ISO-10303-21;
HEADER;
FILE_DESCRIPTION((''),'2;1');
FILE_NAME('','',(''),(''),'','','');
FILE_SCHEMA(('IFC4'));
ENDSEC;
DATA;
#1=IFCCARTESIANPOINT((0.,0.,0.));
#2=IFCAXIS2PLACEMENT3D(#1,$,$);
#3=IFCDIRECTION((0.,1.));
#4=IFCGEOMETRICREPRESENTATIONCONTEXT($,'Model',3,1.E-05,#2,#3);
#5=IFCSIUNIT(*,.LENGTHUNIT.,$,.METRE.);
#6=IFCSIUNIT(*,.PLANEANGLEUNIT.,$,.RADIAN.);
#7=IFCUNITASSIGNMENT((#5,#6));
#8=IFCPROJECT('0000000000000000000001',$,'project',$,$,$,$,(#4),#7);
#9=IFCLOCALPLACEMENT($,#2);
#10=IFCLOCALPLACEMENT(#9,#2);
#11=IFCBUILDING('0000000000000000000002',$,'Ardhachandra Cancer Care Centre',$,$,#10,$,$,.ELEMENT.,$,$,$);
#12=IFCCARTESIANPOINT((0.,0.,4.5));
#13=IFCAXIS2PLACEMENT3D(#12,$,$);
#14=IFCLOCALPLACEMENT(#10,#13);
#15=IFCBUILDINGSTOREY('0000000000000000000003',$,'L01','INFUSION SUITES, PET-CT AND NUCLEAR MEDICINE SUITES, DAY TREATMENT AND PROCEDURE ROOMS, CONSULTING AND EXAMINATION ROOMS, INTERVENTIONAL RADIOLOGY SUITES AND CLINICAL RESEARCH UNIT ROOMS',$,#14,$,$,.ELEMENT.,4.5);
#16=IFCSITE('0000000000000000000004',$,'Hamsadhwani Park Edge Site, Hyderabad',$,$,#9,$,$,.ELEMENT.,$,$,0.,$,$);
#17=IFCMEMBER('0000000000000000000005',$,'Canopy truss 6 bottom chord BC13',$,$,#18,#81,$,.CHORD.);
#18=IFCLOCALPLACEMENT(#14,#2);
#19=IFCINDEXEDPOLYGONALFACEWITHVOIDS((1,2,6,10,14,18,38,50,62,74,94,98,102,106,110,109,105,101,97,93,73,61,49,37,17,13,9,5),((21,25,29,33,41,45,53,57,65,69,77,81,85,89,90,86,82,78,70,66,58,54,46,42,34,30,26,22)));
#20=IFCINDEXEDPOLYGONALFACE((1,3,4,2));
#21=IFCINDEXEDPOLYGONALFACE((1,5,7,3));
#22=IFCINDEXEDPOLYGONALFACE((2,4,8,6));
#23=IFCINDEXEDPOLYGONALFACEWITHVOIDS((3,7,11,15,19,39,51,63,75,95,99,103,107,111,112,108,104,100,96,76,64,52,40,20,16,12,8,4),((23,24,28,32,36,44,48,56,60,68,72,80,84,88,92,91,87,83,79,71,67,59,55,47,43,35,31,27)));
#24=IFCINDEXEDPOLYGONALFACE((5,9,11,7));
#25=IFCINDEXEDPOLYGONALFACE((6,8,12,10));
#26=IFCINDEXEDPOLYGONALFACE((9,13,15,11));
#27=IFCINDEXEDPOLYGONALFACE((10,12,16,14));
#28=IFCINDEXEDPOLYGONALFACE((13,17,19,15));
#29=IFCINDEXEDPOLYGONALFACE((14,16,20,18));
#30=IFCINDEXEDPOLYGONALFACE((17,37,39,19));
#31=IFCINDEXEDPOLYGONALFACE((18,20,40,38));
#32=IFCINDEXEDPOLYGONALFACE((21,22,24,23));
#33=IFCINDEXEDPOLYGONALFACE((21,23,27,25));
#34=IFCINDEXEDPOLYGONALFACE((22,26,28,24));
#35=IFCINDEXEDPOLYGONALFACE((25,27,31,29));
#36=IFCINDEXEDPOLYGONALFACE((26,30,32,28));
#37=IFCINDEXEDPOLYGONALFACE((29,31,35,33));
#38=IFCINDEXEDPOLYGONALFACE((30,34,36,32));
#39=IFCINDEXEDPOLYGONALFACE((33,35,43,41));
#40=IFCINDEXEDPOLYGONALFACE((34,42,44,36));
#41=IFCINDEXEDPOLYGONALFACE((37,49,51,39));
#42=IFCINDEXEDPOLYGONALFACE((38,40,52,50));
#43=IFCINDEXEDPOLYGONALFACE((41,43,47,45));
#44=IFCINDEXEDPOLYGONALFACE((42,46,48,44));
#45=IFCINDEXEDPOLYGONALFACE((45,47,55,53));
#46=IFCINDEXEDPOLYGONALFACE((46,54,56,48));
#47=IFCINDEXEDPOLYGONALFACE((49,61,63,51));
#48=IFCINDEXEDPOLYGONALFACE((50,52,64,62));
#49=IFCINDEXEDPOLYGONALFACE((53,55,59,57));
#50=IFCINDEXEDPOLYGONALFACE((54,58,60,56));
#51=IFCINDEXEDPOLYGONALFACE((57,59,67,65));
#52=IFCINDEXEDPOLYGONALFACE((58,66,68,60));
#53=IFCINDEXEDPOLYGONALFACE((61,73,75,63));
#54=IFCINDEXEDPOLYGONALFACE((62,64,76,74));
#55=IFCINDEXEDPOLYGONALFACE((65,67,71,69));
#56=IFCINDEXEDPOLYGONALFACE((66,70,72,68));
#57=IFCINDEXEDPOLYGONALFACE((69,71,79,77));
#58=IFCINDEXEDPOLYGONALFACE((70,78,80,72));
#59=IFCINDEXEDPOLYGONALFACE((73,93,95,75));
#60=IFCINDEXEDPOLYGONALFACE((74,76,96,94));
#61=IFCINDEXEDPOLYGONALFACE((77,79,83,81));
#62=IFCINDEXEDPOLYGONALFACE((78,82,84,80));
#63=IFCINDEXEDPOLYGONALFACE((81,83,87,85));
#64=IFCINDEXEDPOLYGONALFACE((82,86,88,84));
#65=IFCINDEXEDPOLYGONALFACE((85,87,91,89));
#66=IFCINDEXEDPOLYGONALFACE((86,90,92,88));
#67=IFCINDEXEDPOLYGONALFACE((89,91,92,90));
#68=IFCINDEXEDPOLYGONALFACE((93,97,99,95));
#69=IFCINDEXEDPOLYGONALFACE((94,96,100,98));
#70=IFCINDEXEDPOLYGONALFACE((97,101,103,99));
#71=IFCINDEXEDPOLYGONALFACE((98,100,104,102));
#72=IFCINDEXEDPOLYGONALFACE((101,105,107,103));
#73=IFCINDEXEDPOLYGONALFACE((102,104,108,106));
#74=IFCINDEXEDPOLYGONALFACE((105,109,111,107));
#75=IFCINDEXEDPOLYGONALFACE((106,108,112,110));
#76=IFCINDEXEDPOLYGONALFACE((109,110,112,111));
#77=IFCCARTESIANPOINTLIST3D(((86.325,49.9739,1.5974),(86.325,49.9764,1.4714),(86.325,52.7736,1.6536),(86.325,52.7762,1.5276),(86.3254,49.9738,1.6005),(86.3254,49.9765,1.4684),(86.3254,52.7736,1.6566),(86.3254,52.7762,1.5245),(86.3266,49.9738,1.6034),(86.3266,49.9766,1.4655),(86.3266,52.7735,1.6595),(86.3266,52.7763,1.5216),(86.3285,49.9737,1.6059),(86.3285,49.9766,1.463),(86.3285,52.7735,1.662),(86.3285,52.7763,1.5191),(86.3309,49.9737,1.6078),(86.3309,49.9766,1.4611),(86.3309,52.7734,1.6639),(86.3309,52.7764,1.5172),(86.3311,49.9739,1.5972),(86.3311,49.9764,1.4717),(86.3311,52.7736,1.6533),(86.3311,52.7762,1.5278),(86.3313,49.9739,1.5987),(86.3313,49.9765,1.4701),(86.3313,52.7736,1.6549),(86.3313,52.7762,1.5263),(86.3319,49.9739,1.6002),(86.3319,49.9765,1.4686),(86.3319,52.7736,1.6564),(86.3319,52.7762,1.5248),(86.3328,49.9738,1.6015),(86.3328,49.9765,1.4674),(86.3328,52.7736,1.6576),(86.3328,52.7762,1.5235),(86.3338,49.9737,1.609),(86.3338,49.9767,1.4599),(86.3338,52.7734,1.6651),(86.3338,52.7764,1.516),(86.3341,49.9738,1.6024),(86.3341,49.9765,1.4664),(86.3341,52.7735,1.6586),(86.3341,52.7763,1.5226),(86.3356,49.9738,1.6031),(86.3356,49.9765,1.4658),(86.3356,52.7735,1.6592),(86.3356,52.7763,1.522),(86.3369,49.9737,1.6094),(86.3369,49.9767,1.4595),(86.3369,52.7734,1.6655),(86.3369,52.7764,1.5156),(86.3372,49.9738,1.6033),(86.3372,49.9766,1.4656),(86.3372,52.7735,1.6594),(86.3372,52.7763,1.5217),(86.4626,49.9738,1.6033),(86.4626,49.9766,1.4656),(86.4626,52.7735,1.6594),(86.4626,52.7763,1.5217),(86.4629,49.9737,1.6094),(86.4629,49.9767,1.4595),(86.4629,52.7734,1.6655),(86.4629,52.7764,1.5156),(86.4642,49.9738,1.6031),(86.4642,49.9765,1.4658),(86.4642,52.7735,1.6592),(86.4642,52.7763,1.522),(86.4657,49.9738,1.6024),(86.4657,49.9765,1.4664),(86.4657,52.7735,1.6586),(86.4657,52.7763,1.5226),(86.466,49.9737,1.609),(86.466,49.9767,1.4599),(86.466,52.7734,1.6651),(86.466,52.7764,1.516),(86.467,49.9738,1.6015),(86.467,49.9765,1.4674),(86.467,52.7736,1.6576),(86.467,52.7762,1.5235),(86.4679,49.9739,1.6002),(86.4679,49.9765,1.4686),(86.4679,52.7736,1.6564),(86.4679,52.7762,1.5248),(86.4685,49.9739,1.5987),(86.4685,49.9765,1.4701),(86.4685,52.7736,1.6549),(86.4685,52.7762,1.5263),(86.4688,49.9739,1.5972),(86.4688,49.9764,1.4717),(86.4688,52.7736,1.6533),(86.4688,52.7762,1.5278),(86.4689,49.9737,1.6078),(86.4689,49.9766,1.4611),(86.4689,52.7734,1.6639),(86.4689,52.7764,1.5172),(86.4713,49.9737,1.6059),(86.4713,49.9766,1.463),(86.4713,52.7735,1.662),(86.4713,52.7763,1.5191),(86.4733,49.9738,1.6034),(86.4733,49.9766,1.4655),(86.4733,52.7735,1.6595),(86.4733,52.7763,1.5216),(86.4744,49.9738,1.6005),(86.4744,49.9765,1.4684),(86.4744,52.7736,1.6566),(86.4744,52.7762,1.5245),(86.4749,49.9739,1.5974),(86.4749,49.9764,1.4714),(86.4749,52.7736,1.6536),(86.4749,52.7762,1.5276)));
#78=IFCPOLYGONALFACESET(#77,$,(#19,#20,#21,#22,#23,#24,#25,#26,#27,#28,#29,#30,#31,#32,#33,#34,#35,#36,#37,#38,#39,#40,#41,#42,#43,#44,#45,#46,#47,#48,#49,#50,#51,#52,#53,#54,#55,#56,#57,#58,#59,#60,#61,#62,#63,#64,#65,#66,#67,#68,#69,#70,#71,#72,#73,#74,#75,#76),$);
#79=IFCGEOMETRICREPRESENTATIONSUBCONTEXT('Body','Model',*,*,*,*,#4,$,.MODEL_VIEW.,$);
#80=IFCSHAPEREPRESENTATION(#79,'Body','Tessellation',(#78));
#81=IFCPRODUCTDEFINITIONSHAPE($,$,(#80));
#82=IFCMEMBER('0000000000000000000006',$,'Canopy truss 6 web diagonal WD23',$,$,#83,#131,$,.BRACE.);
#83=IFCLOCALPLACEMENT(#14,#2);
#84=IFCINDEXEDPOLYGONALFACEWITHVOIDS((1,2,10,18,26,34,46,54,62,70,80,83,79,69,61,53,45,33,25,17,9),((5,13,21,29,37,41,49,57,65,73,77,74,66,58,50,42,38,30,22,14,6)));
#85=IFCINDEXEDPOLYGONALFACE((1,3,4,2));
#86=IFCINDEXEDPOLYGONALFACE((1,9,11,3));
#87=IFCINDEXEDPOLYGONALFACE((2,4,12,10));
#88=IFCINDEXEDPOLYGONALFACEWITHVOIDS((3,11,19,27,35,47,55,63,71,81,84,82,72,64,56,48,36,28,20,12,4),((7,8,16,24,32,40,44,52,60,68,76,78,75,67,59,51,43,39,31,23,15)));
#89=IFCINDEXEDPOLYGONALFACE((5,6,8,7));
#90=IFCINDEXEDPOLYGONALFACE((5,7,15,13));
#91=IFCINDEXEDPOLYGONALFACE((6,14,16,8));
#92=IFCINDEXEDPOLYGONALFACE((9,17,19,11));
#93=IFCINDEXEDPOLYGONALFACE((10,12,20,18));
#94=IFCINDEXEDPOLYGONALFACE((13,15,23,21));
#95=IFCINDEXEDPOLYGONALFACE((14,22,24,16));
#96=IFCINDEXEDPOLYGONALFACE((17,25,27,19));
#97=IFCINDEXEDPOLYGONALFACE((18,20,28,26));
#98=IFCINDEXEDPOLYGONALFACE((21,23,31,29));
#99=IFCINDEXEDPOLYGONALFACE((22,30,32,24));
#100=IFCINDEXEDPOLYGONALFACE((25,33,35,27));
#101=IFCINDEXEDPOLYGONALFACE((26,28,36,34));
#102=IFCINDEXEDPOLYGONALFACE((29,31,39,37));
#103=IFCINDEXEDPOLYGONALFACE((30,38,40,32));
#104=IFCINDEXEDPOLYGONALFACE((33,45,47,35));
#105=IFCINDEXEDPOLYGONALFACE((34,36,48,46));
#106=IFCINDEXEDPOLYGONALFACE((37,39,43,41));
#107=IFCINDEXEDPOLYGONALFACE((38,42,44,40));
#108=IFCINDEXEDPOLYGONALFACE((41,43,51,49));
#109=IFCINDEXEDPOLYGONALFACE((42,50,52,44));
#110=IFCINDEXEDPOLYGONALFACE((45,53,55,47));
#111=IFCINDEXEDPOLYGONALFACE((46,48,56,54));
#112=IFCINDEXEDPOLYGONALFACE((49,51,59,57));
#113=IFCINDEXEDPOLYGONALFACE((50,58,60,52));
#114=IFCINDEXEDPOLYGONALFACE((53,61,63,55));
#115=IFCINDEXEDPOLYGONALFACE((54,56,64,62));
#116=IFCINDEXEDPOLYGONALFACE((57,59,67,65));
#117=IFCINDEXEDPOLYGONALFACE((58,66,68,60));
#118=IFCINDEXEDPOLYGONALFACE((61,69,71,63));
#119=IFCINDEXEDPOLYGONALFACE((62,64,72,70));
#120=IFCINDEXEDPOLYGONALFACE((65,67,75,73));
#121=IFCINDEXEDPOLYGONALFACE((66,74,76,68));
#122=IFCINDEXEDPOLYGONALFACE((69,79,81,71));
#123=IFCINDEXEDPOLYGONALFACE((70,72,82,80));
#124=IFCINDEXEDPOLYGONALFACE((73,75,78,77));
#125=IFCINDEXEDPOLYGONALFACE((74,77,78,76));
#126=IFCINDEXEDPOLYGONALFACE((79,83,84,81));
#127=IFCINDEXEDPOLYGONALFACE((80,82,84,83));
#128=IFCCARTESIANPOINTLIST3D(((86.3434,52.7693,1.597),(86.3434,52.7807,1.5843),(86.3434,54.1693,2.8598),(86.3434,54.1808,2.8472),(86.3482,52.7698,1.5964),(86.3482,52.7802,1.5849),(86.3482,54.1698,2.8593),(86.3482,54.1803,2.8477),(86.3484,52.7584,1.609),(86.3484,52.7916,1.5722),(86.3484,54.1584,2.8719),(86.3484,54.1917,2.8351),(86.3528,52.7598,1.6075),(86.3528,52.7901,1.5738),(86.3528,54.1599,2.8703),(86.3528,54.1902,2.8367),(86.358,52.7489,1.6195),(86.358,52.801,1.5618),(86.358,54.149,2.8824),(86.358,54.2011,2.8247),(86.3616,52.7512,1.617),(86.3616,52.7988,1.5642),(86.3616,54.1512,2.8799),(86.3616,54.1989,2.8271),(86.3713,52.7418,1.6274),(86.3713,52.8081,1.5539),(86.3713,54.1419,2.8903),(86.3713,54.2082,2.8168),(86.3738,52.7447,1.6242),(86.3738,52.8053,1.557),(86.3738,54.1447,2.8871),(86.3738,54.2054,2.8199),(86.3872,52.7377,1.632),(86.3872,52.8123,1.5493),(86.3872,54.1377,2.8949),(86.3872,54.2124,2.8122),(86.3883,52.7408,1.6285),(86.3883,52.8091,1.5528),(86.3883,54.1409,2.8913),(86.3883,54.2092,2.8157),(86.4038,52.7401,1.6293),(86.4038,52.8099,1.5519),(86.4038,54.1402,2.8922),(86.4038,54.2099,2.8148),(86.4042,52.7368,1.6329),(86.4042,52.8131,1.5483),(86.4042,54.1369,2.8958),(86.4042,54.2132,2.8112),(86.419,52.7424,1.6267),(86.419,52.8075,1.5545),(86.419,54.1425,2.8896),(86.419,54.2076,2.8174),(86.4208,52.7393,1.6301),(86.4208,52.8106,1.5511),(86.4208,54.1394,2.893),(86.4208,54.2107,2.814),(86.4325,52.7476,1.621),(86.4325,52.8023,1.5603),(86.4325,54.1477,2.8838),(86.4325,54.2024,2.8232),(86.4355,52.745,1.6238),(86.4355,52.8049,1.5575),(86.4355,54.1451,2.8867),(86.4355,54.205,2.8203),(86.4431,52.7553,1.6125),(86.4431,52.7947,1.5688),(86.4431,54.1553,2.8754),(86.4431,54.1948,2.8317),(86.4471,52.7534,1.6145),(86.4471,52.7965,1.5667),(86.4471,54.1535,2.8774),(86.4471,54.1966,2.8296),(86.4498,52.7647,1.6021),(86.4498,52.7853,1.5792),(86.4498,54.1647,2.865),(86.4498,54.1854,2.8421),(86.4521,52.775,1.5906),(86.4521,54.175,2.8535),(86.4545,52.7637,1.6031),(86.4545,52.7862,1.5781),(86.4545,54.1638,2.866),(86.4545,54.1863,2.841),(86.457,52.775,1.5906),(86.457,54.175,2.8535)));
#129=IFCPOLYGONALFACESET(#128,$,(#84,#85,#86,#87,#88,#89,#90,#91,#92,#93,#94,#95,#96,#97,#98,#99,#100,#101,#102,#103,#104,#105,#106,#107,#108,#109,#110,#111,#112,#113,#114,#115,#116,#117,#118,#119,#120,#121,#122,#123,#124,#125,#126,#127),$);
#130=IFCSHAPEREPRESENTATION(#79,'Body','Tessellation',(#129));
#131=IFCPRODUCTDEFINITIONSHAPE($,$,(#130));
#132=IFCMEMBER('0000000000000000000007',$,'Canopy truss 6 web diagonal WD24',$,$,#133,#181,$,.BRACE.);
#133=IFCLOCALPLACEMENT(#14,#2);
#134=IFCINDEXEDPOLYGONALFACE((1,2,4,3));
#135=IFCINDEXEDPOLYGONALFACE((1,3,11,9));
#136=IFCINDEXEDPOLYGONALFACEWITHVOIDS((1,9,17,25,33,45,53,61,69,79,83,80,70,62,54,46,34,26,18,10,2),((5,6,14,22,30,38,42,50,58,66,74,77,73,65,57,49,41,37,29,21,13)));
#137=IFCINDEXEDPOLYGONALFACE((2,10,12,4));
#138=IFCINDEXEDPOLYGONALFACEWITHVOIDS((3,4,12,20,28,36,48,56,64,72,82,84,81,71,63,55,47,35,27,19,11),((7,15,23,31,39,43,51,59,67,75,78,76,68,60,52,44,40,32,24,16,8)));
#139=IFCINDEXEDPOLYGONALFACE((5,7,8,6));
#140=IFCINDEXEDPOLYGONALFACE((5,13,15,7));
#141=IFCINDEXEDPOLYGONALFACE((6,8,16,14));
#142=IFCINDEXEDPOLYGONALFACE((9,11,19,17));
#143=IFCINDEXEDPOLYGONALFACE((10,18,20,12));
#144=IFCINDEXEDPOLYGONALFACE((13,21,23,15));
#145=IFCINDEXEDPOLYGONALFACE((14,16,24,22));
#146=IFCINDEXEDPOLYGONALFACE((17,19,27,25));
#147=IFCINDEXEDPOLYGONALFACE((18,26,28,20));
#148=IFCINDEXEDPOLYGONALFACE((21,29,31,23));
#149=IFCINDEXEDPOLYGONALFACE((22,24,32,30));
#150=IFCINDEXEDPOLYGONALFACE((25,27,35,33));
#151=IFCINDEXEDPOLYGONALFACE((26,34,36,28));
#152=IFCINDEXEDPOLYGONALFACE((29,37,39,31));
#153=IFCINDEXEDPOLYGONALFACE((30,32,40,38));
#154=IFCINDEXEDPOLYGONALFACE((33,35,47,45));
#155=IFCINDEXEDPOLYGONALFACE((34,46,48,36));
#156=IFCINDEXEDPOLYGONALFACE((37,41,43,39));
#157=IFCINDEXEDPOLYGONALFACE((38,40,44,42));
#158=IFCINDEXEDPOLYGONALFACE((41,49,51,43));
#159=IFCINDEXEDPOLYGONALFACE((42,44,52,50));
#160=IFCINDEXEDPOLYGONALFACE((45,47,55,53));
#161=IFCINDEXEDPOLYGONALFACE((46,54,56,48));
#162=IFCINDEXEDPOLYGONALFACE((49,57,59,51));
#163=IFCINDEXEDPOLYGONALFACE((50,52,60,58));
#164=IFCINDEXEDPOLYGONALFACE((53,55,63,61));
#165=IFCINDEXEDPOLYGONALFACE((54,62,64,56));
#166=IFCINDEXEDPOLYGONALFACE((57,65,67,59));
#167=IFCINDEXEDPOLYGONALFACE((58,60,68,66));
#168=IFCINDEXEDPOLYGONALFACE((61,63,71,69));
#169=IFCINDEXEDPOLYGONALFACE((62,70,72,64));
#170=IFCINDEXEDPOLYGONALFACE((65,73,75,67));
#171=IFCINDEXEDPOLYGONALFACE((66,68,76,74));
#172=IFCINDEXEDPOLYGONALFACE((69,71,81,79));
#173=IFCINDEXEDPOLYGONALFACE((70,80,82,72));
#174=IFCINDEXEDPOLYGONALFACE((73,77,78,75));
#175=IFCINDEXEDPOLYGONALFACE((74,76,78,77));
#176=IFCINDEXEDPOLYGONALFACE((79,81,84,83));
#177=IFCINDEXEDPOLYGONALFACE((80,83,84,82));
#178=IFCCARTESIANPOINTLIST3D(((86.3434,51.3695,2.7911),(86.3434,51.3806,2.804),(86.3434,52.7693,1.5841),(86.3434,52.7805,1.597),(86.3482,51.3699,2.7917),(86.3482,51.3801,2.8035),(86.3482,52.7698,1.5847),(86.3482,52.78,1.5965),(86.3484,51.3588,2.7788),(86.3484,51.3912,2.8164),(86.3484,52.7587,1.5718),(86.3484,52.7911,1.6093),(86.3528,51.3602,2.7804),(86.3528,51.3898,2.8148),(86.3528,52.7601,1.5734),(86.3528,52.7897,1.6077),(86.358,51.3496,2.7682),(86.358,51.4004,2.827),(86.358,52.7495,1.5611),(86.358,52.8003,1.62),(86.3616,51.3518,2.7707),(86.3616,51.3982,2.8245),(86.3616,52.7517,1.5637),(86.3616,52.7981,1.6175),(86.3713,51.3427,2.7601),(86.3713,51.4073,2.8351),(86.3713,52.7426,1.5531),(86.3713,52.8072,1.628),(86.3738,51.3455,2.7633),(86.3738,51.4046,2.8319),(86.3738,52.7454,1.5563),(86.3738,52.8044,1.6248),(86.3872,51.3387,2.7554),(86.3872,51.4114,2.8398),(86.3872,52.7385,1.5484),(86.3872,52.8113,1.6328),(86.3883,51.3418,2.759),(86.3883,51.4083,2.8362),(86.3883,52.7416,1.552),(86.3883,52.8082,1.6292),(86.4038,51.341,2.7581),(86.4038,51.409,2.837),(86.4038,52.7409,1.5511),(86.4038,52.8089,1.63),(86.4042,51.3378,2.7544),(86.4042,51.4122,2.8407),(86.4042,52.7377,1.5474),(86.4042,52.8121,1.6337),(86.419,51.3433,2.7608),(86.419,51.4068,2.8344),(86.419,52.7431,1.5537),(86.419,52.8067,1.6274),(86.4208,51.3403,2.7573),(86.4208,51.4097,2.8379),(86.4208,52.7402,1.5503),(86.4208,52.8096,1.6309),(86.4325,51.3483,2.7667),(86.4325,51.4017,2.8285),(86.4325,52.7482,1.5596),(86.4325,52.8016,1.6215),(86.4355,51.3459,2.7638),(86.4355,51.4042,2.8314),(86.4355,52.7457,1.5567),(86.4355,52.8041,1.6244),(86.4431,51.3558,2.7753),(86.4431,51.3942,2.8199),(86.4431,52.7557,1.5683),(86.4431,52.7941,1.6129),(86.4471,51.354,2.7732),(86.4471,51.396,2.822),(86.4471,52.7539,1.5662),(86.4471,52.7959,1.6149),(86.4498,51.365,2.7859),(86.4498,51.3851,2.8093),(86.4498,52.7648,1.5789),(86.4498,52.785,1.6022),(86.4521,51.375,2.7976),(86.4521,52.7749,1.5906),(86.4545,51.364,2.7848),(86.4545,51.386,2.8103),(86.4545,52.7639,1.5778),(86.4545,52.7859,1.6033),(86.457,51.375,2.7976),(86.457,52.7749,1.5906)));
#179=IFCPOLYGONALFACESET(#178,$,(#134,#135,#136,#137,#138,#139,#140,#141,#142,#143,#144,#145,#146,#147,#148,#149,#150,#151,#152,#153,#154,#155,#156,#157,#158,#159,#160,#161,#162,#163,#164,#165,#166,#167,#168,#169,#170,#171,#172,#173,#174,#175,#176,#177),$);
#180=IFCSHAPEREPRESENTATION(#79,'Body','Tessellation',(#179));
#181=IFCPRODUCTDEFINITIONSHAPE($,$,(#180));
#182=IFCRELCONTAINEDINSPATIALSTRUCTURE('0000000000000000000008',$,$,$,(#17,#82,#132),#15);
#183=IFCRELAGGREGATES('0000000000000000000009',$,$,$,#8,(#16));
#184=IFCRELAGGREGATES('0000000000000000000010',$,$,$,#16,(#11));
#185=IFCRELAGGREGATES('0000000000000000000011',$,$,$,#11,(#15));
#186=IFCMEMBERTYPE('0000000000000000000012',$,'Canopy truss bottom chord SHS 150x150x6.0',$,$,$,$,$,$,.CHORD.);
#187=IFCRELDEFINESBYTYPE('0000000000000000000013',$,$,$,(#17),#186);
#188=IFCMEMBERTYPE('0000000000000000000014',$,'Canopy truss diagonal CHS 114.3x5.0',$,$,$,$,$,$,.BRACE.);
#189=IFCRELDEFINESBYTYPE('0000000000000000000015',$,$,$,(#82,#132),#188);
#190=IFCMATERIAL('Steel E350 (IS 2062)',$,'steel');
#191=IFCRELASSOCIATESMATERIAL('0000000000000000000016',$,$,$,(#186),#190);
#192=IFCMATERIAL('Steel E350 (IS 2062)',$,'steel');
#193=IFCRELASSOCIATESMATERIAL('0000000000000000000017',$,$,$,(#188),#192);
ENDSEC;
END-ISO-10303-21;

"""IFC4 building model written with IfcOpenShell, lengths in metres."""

from ifc_helpers import new_model, si_unit, direction, frame, origin, origin_2d, place, context, subcontext, project, spatial, hollow_rectangle, hollow_circle, extrude, material, material_profile, profile_set, type_object, element, save


model = new_model("IFC4")

# Units and contexts
model_context = context("Model", 3, precision=1e-05, world=origin(), true_north=direction((0.0, 1.0)))
body_context = subcontext(model_context, "Body", "Model", "MODEL_VIEW")
ifc_project = project(units=[si_unit("LENGTHUNIT", "METRE"), si_unit("PLANEANGLEUNIT", "RADIAN")], contexts=[model_context])

# Site, building, storey
site_placement = place(None, origin())
site = spatial("IfcSite", under=ifc_project, at=site_placement, Name="Hamsadhwani Park Edge Site, Hyderabad", CompositionType="ELEMENT", RefElevation=0.0)
building_placement = place(site_placement, origin())
building = spatial("IfcBuilding", under=site, at=building_placement, Name="Ardhachandra Cancer Care Centre", CompositionType="ELEMENT")
storey_placement = place(building_placement, frame((0.0, 0.0, 4.5)))
storey = spatial("IfcBuildingStorey", under=building, at=storey_placement, Name="L01", Description="INFUSION SUITES, PET-CT AND NUCLEAR MEDICINE SUITES, DAY TREATMENT AND PROCEDURE ROOMS, CONSULTING AND EXAMINATION ROOMS, INTERVENTIONAL RADIOLOGY SUITES AND CLINICAL RESEARCH UNIT ROOMS", CompositionType="ELEMENT", Elevation=4.5)

# Members
ifc_material_1 = material(Name="Steel E350 (IS 2062)", Category="steel")
ifc_material_profile_1 = material_profile(ifc_material_1, hollow_rectangle(XDim=0.1499, YDim=0.1499, WallThickness=0.0061, InnerFilletRadius=0.0061, OuterFilletRadius=0.012, at=origin_2d()), Name="SHS 150x150x6.0")
ifc_profile_set_1 = profile_set([ifc_material_profile_1], Name="Steel E350 (IS 2062)")
member_type_1 = type_object("IfcMemberType", Name="Canopy truss bottom chord SHS 150x150x6.0", PredefinedType="CHORD", material=ifc_profile_set_1)
member_1_placement = place(storey_placement, frame((86.3999, 52.7749, 1.5906), z_axis=(0.0, -0.999799, -0.020052), x_axis=(1.0, 0.0, 0.0)))
element("IfcMember", 1, at=member_1_placement, inside=storey, type_object=member_type_1, Name="Canopy truss 6 bottom chord BC13", PredefinedType="CHORD", context=body_context, shape_type="SweptSolid", body=[
    extrude(hollow_rectangle(XDim=0.1499, YDim=0.1499, WallThickness=0.0061, InnerFilletRadius=0.0061, OuterFilletRadius=0.012, at=origin_2d()), origin(), (0.0, 0.0, 1.0), 2.8003),
])
ifc_material_2 = material(Name="Steel E350 (IS 2062)", Category="steel")
ifc_material_profile_2 = material_profile(ifc_material_2, hollow_circle(Radius=0.0571, WallThickness=0.0049, at=origin_2d()), Name="CHS 114.3x5.0")
ifc_profile_set_2 = profile_set([ifc_material_profile_2], Name="Steel E350 (IS 2062)")
member_type_2 = type_object("IfcMemberType", Name="Canopy truss diagonal CHS 114.3x5.0", PredefinedType="BRACE", material=ifc_profile_set_2)
member_2_placement = place(storey_placement, frame((86.3999, 54.175, 2.8535), z_axis=(0.0, -0.742553, -0.669787), x_axis=(1.0, 0.0, 0.0)))
element("IfcMember", 2, at=member_2_placement, inside=storey, type_object=member_type_2, Name="Canopy truss 6 web diagonal WD23", PredefinedType="BRACE", context=body_context, shape_type="SweptSolid", body=[
    extrude(hollow_circle(Radius=0.0571, WallThickness=0.0049, at=origin_2d()), origin(), (0.0, 0.0, 1.0), 1.8855),
])
member_3_placement = place(storey_placement, frame((86.3999, 52.7749, 1.5906), z_axis=(0.0, -0.757351, 0.653008), x_axis=(1.0, 0.0, 0.0)))
element("IfcMember", 3, at=member_3_placement, inside=storey, type_object=member_type_2, Name="Canopy truss 6 web diagonal WD24", PredefinedType="BRACE", context=body_context, shape_type="SweptSolid", body=[
    extrude(hollow_circle(Radius=0.0571, WallThickness=0.0049, at=origin_2d()), origin(), (0.0, 0.0, 1.0), 1.8484),
])

save(model, "model.ifc")
